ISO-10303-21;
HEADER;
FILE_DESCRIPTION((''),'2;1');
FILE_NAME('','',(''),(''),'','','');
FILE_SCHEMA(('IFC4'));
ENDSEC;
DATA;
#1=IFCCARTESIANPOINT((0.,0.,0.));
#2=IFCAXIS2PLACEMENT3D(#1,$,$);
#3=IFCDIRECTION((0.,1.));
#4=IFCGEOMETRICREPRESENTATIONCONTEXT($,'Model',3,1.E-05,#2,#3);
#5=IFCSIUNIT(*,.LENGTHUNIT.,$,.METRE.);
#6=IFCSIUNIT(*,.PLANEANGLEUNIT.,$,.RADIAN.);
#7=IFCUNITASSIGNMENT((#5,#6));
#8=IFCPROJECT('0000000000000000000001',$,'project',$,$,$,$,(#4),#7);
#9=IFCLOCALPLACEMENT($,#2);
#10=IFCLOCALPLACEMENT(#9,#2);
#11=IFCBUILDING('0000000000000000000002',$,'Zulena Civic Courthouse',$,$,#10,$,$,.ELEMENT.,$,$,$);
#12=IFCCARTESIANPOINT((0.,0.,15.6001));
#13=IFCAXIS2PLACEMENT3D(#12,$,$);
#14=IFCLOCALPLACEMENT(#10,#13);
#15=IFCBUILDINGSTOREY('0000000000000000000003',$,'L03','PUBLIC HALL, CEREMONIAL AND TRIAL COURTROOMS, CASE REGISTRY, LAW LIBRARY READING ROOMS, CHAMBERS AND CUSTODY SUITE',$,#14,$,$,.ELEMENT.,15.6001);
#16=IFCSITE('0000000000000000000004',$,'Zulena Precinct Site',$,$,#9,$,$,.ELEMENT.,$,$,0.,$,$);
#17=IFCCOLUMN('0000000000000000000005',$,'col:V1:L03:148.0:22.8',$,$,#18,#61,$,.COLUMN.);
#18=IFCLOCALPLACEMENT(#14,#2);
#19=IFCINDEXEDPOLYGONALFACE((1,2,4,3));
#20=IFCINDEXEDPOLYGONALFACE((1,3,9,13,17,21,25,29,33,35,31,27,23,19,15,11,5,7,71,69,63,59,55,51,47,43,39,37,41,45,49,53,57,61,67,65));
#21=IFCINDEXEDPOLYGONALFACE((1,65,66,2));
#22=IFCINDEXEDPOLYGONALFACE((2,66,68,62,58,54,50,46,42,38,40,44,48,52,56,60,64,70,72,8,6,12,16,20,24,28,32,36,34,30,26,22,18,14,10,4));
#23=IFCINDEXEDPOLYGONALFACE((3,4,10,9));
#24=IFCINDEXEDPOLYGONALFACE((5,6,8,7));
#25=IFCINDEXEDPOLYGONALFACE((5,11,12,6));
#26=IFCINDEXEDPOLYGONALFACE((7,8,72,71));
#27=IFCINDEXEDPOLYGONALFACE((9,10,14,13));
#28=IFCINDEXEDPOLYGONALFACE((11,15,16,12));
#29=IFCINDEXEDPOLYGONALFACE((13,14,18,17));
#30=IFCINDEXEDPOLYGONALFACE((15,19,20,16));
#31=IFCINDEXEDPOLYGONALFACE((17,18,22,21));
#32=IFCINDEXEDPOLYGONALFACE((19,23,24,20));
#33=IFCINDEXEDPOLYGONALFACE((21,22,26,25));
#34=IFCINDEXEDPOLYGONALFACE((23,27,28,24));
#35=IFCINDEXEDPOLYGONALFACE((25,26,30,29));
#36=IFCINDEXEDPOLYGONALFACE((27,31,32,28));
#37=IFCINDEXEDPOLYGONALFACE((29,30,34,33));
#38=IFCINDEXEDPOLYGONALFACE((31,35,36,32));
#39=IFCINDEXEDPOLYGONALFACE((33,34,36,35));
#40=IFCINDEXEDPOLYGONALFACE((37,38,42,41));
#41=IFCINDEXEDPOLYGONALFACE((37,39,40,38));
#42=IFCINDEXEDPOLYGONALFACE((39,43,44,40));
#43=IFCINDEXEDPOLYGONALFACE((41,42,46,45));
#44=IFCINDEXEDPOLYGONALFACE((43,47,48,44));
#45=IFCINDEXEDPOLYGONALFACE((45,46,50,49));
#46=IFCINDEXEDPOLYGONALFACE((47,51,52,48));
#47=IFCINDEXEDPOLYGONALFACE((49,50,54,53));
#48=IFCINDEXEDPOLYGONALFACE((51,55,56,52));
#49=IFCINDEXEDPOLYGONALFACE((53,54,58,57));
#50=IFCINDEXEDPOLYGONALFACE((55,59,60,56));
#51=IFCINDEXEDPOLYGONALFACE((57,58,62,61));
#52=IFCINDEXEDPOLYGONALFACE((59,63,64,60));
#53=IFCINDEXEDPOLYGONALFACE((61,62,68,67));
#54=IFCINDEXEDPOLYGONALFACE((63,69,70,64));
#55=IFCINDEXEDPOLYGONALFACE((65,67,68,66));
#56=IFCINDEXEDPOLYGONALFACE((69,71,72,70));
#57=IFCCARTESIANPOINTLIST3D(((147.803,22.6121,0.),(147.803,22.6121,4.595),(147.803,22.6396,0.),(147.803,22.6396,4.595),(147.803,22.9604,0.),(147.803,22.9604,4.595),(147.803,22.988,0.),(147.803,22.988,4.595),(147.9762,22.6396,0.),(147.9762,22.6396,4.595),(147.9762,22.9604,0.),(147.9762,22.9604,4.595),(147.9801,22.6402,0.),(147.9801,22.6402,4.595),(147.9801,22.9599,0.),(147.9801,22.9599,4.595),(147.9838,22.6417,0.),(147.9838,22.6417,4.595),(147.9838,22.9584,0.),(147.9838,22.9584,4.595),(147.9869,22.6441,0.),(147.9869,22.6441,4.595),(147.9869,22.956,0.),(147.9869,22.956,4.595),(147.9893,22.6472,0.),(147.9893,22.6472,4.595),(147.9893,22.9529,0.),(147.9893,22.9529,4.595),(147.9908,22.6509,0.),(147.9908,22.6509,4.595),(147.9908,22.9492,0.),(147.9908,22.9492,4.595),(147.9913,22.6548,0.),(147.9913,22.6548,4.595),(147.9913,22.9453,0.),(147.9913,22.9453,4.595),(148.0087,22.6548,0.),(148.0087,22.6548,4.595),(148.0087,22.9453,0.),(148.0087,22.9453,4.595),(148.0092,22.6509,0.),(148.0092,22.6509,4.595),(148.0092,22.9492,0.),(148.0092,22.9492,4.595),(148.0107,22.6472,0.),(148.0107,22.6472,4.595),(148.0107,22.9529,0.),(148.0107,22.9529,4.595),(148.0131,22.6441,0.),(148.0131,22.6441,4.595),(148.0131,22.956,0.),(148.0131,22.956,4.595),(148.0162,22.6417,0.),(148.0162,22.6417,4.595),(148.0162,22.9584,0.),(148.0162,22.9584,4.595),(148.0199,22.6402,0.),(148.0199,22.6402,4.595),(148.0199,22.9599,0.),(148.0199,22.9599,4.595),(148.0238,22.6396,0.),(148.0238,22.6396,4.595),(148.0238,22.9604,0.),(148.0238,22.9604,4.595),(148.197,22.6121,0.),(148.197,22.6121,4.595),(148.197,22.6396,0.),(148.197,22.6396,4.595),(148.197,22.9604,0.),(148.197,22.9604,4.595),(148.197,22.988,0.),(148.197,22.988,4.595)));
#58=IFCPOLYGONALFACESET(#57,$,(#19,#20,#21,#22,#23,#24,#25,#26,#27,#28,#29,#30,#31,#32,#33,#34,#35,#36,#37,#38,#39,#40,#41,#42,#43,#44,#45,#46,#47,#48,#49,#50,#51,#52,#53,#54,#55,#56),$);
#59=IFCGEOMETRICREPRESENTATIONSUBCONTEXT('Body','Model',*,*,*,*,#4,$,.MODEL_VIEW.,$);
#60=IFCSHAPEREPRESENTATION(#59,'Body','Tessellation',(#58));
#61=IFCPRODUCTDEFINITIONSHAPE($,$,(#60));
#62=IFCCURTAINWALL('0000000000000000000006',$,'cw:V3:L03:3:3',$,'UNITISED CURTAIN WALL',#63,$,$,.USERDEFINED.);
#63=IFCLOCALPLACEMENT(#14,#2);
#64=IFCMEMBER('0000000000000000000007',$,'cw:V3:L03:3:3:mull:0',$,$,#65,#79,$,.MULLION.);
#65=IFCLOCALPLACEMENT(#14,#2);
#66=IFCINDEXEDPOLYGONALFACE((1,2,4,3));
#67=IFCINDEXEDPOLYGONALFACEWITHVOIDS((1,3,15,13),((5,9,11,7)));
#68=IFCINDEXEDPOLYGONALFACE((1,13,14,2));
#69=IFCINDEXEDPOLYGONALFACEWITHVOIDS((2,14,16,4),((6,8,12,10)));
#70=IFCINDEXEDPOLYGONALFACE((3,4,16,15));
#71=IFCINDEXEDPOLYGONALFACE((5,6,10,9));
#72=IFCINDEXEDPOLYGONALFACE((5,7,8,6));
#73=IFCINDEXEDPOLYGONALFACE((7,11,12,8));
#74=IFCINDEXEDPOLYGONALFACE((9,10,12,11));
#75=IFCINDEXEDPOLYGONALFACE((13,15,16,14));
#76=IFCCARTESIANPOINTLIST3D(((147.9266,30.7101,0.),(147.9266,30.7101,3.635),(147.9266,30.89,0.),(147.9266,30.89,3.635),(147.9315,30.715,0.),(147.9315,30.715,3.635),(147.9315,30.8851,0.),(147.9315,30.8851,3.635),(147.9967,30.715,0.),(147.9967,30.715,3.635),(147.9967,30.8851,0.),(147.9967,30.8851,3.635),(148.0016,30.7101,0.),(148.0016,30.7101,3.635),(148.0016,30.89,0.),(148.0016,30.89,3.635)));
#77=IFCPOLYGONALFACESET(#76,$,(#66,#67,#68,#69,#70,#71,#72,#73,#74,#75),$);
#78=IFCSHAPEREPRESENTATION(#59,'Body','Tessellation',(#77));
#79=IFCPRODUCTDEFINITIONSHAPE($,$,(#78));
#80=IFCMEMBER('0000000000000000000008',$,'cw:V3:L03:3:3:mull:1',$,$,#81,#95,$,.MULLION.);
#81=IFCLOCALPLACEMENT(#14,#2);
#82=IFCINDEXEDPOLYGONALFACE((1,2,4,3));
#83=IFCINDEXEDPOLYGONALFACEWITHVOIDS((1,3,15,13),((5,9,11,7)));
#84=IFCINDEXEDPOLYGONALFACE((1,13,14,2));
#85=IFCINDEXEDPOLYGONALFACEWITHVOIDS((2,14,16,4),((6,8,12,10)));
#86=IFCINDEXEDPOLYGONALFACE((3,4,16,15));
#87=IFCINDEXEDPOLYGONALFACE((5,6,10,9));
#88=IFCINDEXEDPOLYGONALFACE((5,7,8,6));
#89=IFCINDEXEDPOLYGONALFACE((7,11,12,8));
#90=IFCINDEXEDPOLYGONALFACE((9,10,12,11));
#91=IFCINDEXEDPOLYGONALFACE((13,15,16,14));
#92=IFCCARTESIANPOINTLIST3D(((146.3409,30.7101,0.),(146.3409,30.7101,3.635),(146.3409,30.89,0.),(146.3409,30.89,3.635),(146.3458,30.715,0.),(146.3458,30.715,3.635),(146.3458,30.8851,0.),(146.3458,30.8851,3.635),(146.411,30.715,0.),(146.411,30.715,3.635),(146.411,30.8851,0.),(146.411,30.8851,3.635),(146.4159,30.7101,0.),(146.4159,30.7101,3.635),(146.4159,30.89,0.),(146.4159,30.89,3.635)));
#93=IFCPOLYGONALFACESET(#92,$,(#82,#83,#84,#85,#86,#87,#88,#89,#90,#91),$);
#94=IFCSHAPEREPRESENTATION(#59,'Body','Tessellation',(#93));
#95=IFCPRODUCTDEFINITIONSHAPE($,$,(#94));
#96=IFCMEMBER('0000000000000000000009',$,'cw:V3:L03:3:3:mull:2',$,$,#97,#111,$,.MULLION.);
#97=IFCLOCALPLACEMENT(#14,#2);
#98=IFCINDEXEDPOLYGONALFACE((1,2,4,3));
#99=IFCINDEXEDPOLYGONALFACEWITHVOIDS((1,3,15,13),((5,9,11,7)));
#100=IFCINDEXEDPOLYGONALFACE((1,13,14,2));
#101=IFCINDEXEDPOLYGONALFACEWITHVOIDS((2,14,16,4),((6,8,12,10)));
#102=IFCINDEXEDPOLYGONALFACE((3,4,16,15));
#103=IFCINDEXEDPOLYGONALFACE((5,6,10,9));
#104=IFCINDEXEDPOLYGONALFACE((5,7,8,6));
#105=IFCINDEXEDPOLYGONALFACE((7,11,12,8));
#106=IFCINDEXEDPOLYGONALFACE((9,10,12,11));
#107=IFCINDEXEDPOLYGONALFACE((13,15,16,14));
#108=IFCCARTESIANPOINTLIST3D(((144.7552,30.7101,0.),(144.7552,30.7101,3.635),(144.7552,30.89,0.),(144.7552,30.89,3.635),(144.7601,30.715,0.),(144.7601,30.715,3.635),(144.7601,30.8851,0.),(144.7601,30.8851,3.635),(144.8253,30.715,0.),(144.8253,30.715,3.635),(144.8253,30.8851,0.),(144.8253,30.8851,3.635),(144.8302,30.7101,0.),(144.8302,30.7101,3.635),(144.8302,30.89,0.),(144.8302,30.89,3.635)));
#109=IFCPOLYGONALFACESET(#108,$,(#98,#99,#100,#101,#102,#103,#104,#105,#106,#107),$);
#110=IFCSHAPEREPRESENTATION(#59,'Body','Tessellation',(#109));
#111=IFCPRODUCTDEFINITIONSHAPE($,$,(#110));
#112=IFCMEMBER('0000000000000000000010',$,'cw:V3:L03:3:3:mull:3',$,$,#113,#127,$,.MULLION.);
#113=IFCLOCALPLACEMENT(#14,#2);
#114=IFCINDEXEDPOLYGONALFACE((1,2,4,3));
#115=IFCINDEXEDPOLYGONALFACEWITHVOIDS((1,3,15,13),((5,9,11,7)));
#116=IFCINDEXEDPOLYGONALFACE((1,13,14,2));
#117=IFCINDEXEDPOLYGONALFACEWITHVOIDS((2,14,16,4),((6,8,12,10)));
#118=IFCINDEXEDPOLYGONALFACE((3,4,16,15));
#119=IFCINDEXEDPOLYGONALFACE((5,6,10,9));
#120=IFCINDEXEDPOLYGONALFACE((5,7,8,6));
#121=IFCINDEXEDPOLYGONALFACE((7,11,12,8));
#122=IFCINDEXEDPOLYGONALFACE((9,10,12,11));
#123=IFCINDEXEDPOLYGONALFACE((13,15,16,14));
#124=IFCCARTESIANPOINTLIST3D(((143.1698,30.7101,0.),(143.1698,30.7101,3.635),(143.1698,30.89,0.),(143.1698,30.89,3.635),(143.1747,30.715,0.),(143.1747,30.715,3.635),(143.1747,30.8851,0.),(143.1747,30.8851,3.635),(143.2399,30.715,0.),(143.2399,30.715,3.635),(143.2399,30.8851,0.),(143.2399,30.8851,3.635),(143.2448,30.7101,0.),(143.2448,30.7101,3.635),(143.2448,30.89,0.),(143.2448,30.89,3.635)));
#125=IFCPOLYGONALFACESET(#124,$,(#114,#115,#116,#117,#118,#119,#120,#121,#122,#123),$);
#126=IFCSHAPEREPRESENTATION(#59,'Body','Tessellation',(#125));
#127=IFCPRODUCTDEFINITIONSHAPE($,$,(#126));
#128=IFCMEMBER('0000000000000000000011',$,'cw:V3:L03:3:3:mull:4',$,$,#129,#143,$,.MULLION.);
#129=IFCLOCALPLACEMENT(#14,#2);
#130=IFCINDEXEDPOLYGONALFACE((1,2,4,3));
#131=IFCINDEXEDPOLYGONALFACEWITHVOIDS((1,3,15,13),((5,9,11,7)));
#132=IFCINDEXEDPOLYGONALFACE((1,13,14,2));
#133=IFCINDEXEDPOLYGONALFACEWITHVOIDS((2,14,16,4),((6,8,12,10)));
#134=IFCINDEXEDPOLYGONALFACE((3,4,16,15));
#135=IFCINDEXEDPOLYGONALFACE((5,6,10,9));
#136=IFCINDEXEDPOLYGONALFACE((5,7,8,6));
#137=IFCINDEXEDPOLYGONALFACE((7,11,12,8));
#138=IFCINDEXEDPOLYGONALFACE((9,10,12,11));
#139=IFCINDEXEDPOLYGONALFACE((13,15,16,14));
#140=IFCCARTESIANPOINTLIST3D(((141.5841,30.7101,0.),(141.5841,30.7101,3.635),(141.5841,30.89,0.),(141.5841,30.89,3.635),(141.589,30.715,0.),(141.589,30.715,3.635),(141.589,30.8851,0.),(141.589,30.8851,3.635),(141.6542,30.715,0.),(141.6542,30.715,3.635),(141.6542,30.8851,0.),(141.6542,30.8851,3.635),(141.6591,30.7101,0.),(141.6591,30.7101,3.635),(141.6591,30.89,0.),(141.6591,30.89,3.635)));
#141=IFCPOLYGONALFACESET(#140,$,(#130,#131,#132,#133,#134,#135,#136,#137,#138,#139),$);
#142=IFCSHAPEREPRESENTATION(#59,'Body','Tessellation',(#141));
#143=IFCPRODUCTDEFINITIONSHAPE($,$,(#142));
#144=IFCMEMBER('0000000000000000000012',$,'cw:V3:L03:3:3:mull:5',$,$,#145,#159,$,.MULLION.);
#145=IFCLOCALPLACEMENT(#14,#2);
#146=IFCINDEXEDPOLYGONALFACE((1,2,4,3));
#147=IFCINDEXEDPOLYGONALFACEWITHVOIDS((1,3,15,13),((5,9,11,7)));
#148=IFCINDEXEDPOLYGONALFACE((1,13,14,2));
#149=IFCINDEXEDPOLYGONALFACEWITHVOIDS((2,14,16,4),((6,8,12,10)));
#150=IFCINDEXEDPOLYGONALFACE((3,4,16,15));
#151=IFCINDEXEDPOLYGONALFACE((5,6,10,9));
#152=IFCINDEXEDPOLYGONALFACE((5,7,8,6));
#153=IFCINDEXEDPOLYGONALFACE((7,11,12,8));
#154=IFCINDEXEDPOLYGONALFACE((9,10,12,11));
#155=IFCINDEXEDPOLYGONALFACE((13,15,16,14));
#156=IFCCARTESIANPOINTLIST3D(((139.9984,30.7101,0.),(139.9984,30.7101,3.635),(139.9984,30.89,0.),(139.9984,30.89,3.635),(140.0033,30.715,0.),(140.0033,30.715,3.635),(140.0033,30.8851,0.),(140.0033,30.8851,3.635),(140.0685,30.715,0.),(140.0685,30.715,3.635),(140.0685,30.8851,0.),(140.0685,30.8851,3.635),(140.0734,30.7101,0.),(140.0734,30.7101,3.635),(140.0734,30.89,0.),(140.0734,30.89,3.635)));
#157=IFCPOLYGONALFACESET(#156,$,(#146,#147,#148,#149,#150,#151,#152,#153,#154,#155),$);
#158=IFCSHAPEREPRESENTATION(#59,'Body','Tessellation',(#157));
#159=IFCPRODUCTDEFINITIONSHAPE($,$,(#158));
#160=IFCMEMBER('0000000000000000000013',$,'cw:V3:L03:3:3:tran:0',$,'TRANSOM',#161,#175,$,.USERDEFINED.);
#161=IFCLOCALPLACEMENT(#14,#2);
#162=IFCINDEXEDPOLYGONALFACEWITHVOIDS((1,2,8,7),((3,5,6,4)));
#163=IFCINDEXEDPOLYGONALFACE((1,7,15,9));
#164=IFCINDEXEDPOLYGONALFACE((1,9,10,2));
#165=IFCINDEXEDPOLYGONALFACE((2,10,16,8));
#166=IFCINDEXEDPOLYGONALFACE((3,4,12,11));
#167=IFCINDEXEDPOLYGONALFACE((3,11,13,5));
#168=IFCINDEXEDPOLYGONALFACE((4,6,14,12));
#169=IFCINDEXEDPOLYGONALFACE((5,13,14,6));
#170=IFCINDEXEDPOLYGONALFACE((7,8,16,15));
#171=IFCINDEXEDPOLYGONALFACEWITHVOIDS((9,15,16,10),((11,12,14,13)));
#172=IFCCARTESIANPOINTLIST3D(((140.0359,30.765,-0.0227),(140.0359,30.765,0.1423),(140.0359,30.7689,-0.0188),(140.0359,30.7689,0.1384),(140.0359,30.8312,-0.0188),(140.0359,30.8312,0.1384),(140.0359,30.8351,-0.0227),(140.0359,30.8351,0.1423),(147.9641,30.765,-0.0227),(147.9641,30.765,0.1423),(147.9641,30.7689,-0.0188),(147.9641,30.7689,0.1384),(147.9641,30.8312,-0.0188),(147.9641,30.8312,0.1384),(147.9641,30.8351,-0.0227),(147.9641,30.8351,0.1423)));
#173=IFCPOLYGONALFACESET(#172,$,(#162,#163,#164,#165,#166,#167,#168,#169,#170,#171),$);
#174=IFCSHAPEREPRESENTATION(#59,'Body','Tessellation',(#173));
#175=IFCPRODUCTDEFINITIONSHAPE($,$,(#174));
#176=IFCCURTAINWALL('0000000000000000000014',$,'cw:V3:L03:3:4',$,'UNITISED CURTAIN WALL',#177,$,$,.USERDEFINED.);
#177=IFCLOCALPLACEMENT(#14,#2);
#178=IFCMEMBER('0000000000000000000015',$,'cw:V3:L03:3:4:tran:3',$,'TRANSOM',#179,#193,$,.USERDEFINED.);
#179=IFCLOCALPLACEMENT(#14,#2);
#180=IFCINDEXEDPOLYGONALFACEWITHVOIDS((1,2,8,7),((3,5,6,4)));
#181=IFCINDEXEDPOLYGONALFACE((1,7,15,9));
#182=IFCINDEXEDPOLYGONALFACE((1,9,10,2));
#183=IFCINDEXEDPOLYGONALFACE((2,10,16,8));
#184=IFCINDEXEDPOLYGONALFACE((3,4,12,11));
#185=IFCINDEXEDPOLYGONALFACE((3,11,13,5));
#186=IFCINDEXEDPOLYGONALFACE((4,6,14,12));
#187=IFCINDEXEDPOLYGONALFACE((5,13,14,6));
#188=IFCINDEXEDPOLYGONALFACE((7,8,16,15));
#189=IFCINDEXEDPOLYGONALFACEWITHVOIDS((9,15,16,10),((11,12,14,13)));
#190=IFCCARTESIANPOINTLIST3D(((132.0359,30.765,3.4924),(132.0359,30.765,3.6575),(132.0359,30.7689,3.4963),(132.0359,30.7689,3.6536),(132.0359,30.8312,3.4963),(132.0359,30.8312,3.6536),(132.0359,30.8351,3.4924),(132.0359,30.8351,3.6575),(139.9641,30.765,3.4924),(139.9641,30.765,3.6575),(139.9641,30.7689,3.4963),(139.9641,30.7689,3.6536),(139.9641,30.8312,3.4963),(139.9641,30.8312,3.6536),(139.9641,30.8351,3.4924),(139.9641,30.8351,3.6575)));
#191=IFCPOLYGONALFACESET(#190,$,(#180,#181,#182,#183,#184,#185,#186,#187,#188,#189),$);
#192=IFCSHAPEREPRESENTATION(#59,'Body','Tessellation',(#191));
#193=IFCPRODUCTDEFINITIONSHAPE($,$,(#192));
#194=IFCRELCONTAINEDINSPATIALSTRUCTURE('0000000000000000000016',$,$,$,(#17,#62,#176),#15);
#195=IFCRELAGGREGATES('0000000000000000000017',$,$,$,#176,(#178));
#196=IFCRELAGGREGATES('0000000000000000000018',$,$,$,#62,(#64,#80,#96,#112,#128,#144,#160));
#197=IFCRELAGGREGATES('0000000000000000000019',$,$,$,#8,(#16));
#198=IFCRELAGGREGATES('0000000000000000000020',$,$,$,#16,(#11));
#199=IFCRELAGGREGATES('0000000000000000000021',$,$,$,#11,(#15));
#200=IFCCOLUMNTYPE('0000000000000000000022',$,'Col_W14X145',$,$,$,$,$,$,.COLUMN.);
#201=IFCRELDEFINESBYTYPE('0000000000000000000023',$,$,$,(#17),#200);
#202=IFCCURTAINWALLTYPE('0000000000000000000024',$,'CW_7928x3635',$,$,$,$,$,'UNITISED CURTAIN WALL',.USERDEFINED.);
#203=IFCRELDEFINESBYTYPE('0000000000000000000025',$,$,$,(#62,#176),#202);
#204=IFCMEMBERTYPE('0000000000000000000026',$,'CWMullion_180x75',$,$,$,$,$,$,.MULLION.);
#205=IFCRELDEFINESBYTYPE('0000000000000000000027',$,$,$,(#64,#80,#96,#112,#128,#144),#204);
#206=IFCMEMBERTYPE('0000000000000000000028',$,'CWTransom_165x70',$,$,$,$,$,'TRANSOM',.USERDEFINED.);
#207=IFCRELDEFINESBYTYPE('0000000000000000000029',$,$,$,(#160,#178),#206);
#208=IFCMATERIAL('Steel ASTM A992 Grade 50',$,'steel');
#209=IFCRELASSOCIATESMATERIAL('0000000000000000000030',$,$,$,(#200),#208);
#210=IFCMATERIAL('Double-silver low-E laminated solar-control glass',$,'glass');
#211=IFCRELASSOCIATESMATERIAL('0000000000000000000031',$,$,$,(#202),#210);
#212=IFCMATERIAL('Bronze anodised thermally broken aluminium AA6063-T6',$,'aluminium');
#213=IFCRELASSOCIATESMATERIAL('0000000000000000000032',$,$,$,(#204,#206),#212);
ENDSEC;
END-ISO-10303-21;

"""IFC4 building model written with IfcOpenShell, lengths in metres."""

from ifc_helpers import new_model, si_unit, direction, frame, origin, origin_2d, place, context, subcontext, project, spatial, hollow_rectangle, i_section, extrude, material, material_profile, profile_set, type_object, element, aggregate, save


model = new_model("IFC4")

# Units and contexts
model_context = context("Model", 3, precision=1e-05, world=origin(), true_north=direction((0.0, 1.0)))
body_context = subcontext(model_context, "Body", "Model", "MODEL_VIEW")
ifc_project = project(units=[si_unit("LENGTHUNIT", "METRE"), si_unit("PLANEANGLEUNIT", "RADIAN")], contexts=[model_context])

# Site, building, storey
site_placement = place(None, origin())
site = spatial("IfcSite", under=ifc_project, at=site_placement, Name="Zulena Precinct Site", CompositionType="ELEMENT", RefElevation=0.0)
building_placement = place(site_placement, origin())
building = spatial("IfcBuilding", under=site, at=building_placement, Name="Zulena Civic Courthouse", CompositionType="ELEMENT")
storey_placement = place(building_placement, frame((0.0, 0.0, 15.6001)))
storey = spatial("IfcBuildingStorey", under=building, at=storey_placement, Name="L03", Description="PUBLIC HALL, CEREMONIAL AND TRIAL COURTROOMS, CASE REGISTRY, LAW LIBRARY READING ROOMS, CHAMBERS AND CUSTODY SUITE", CompositionType="ELEMENT", Elevation=15.6001)

# Column
ifc_material_1 = material(Name="Steel ASTM A992 Grade 50", Category="steel")
ifc_material_profile_1 = material_profile(ifc_material_1, i_section(OverallWidth=0.394, OverallDepth=0.376, WebThickness=0.0173, FlangeThickness=0.0276, FilletRadius=0.0151, at=origin_2d()), Name="W14X145")
ifc_profile_set_1 = profile_set([ifc_material_profile_1], Name="Steel ASTM A992 Grade 50")
column_type_1 = type_object("IfcColumnType", Name="Col_W14X145", PredefinedType="COLUMN", material=ifc_profile_set_1)
for number, where, z_axis, x_axis, name in (
    (1, (148.0, 22.8, 0.0), (0.0, 0.0, 1.0), (1.0, 0.0, 0.0), "col:V1:L03:148.0:22.8"),
):
    element("IfcColumn", number, at=place(storey_placement, frame(where, z_axis=z_axis, x_axis=x_axis)), inside=storey, type_object=column_type_1, Name=name, PredefinedType="COLUMN", context=body_context, shape_type="SweptSolid", body=[
        extrude(i_section(OverallWidth=0.394, OverallDepth=0.376, WebThickness=0.0173, FlangeThickness=0.0276, FilletRadius=0.0151, at=origin_2d()), origin(), (0.0, 0.0, 1.0), 4.595),
    ])

# Curtain wall, members
ifc_material_2 = material(Name="Double-silver low-E laminated solar-control glass", Category="glass")
curtain_wall_type = type_object("IfcCurtainWallType", Name="CW_7928x3635", ElementType="UNITISED CURTAIN WALL", PredefinedType="USERDEFINED", material=ifc_material_2)
curtain_wall_1_placement = place(storey_placement, origin())
curtain_wall_1 = element("IfcCurtainWall", 2, at=curtain_wall_1_placement, inside=storey, type_object=curtain_wall_type, Name="cw:V3:L03:3:3", ObjectType="UNITISED CURTAIN WALL", PredefinedType="USERDEFINED")
ifc_material_3 = material(Name="Bronze anodised thermally broken aluminium AA6063-T6", Category="aluminium")
ifc_material_profile_2 = material_profile(ifc_material_3, hollow_rectangle(XDim=0.075, YDim=0.1799, WallThickness=0.0049, at=origin_2d()), Name="CWM180X75X5")
ifc_profile_set_2 = profile_set([ifc_material_profile_2], Name="Bronze anodised thermally broken aluminium AA6063-T6")
member_type_1 = type_object("IfcMemberType", Name="CWMullion_180x75", PredefinedType="MULLION", material=ifc_profile_set_2)
member_1_placement = place(storey_placement, frame((147.9641, 30.8, 0.0), z_axis=(0.0, 0.0, 1.0), x_axis=(1.0, 0.0, 0.0)))
member_1 = element("IfcMember", 3, at=member_1_placement, type_object=member_type_1, Name="cw:V3:L03:3:3:mull:0", PredefinedType="MULLION", context=body_context, shape_type="SweptSolid", body=[
    extrude(hollow_rectangle(XDim=0.075, YDim=0.1799, WallThickness=0.0049, at=origin_2d()), origin(), (0.0, 0.0, 1.0), 3.635),
])
member_2_placement = place(storey_placement, frame((146.3784, 30.8, 0.0), z_axis=(0.0, 0.0, 1.0), x_axis=(1.0, 0.0, 0.0)))
member_2 = element("IfcMember", 4, at=member_2_placement, type_object=member_type_1, Name="cw:V3:L03:3:3:mull:1", PredefinedType="MULLION", context=body_context, shape_type="SweptSolid", body=[
    extrude(hollow_rectangle(XDim=0.075, YDim=0.1799, WallThickness=0.0049, at=origin_2d()), origin(), (0.0, 0.0, 1.0), 3.635),
])
member_3_placement = place(storey_placement, frame((144.7927, 30.8, 0.0), z_axis=(0.0, 0.0, 1.0), x_axis=(1.0, 0.0, 0.0)))
member_3 = element("IfcMember", 5, at=member_3_placement, type_object=member_type_1, Name="cw:V3:L03:3:3:mull:2", PredefinedType="MULLION", context=body_context, shape_type="SweptSolid", body=[
    extrude(hollow_rectangle(XDim=0.075, YDim=0.1799, WallThickness=0.0049, at=origin_2d()), origin(), (0.0, 0.0, 1.0), 3.635),
])
member_4_placement = place(storey_placement, frame((143.2073, 30.8, 0.0), z_axis=(0.0, 0.0, 1.0), x_axis=(1.0, 0.0, 0.0)))
member_4 = element("IfcMember", 6, at=member_4_placement, type_object=member_type_1, Name="cw:V3:L03:3:3:mull:3", PredefinedType="MULLION", context=body_context, shape_type="SweptSolid", body=[
    extrude(hollow_rectangle(XDim=0.075, YDim=0.1799, WallThickness=0.0049, at=origin_2d()), origin(), (0.0, 0.0, 1.0), 3.635),
])
member_5_placement = place(storey_placement, frame((141.6216, 30.8, 0.0), z_axis=(0.0, 0.0, 1.0), x_axis=(1.0, 0.0, 0.0)))
member_5 = element("IfcMember", 7, at=member_5_placement, type_object=member_type_1, Name="cw:V3:L03:3:3:mull:4", PredefinedType="MULLION", context=body_context, shape_type="SweptSolid", body=[
    extrude(hollow_rectangle(XDim=0.075, YDim=0.1799, WallThickness=0.0049, at=origin_2d()), origin(), (0.0, 0.0, 1.0), 3.635),
])
member_6_placement = place(storey_placement, frame((140.0359, 30.8, 0.0), z_axis=(0.0, 0.0, 1.0), x_axis=(1.0, 0.0, 0.0)))
member_6 = element("IfcMember", 8, at=member_6_placement, type_object=member_type_1, Name="cw:V3:L03:3:3:mull:5", PredefinedType="MULLION", context=body_context, shape_type="SweptSolid", body=[
    extrude(hollow_rectangle(XDim=0.075, YDim=0.1799, WallThickness=0.0049, at=origin_2d()), origin(), (0.0, 0.0, 1.0), 3.635),
])
ifc_material_profile_3 = material_profile(ifc_material_3, hollow_rectangle(XDim=0.0701, YDim=0.165, WallThickness=0.0039, at=origin_2d()), Name="CWT165X70X4")
ifc_profile_set_3 = profile_set([ifc_material_profile_3], Name="Bronze anodised thermally broken aluminium AA6063-T6")
member_type_2 = type_object("IfcMemberType", Name="CWTransom_165x70", ElementType="TRANSOM", PredefinedType="USERDEFINED", material=ifc_profile_set_3)
member_7_placement = place(storey_placement, frame((147.9641, 30.8, 0.0598), z_axis=(-1.0, 0.0, 0.0), x_axis=(0.0, -1.0, 0.0)))
member_7 = element("IfcMember", 9, at=member_7_placement, type_object=member_type_2, Name="cw:V3:L03:3:3:tran:0", ObjectType="TRANSOM", PredefinedType="USERDEFINED", context=body_context, shape_type="SweptSolid", body=[
    extrude(hollow_rectangle(XDim=0.0701, YDim=0.165, WallThickness=0.0039, at=origin_2d()), origin(), (0.0, 0.0, 1.0), 7.9282),
])

# Curtain wall, member
curtain_wall_2_placement = place(storey_placement, origin())
curtain_wall_2 = element("IfcCurtainWall", 10, at=curtain_wall_2_placement, inside=storey, type_object=curtain_wall_type, Name="cw:V3:L03:3:4", ObjectType="UNITISED CURTAIN WALL", PredefinedType="USERDEFINED")
member_8_placement = place(storey_placement, frame((139.9641, 30.8, 3.575), z_axis=(-1.0, 0.0, 0.0), x_axis=(0.0, -1.0, 0.0)))
member_8 = element("IfcMember", 11, at=member_8_placement, type_object=member_type_2, Name="cw:V3:L03:3:4:tran:3", ObjectType="TRANSOM", PredefinedType="USERDEFINED", context=body_context, shape_type="SweptSolid", body=[
    extrude(hollow_rectangle(XDim=0.0701, YDim=0.165, WallThickness=0.0039, at=origin_2d()), origin(), (0.0, 0.0, 1.0), 7.9282),
])
aggregate(curtain_wall_2, [member_8])

aggregate(curtain_wall_1, [member_1, member_2, member_3, member_4, member_5, member_6, member_7])

save(model, "model.ifc")
